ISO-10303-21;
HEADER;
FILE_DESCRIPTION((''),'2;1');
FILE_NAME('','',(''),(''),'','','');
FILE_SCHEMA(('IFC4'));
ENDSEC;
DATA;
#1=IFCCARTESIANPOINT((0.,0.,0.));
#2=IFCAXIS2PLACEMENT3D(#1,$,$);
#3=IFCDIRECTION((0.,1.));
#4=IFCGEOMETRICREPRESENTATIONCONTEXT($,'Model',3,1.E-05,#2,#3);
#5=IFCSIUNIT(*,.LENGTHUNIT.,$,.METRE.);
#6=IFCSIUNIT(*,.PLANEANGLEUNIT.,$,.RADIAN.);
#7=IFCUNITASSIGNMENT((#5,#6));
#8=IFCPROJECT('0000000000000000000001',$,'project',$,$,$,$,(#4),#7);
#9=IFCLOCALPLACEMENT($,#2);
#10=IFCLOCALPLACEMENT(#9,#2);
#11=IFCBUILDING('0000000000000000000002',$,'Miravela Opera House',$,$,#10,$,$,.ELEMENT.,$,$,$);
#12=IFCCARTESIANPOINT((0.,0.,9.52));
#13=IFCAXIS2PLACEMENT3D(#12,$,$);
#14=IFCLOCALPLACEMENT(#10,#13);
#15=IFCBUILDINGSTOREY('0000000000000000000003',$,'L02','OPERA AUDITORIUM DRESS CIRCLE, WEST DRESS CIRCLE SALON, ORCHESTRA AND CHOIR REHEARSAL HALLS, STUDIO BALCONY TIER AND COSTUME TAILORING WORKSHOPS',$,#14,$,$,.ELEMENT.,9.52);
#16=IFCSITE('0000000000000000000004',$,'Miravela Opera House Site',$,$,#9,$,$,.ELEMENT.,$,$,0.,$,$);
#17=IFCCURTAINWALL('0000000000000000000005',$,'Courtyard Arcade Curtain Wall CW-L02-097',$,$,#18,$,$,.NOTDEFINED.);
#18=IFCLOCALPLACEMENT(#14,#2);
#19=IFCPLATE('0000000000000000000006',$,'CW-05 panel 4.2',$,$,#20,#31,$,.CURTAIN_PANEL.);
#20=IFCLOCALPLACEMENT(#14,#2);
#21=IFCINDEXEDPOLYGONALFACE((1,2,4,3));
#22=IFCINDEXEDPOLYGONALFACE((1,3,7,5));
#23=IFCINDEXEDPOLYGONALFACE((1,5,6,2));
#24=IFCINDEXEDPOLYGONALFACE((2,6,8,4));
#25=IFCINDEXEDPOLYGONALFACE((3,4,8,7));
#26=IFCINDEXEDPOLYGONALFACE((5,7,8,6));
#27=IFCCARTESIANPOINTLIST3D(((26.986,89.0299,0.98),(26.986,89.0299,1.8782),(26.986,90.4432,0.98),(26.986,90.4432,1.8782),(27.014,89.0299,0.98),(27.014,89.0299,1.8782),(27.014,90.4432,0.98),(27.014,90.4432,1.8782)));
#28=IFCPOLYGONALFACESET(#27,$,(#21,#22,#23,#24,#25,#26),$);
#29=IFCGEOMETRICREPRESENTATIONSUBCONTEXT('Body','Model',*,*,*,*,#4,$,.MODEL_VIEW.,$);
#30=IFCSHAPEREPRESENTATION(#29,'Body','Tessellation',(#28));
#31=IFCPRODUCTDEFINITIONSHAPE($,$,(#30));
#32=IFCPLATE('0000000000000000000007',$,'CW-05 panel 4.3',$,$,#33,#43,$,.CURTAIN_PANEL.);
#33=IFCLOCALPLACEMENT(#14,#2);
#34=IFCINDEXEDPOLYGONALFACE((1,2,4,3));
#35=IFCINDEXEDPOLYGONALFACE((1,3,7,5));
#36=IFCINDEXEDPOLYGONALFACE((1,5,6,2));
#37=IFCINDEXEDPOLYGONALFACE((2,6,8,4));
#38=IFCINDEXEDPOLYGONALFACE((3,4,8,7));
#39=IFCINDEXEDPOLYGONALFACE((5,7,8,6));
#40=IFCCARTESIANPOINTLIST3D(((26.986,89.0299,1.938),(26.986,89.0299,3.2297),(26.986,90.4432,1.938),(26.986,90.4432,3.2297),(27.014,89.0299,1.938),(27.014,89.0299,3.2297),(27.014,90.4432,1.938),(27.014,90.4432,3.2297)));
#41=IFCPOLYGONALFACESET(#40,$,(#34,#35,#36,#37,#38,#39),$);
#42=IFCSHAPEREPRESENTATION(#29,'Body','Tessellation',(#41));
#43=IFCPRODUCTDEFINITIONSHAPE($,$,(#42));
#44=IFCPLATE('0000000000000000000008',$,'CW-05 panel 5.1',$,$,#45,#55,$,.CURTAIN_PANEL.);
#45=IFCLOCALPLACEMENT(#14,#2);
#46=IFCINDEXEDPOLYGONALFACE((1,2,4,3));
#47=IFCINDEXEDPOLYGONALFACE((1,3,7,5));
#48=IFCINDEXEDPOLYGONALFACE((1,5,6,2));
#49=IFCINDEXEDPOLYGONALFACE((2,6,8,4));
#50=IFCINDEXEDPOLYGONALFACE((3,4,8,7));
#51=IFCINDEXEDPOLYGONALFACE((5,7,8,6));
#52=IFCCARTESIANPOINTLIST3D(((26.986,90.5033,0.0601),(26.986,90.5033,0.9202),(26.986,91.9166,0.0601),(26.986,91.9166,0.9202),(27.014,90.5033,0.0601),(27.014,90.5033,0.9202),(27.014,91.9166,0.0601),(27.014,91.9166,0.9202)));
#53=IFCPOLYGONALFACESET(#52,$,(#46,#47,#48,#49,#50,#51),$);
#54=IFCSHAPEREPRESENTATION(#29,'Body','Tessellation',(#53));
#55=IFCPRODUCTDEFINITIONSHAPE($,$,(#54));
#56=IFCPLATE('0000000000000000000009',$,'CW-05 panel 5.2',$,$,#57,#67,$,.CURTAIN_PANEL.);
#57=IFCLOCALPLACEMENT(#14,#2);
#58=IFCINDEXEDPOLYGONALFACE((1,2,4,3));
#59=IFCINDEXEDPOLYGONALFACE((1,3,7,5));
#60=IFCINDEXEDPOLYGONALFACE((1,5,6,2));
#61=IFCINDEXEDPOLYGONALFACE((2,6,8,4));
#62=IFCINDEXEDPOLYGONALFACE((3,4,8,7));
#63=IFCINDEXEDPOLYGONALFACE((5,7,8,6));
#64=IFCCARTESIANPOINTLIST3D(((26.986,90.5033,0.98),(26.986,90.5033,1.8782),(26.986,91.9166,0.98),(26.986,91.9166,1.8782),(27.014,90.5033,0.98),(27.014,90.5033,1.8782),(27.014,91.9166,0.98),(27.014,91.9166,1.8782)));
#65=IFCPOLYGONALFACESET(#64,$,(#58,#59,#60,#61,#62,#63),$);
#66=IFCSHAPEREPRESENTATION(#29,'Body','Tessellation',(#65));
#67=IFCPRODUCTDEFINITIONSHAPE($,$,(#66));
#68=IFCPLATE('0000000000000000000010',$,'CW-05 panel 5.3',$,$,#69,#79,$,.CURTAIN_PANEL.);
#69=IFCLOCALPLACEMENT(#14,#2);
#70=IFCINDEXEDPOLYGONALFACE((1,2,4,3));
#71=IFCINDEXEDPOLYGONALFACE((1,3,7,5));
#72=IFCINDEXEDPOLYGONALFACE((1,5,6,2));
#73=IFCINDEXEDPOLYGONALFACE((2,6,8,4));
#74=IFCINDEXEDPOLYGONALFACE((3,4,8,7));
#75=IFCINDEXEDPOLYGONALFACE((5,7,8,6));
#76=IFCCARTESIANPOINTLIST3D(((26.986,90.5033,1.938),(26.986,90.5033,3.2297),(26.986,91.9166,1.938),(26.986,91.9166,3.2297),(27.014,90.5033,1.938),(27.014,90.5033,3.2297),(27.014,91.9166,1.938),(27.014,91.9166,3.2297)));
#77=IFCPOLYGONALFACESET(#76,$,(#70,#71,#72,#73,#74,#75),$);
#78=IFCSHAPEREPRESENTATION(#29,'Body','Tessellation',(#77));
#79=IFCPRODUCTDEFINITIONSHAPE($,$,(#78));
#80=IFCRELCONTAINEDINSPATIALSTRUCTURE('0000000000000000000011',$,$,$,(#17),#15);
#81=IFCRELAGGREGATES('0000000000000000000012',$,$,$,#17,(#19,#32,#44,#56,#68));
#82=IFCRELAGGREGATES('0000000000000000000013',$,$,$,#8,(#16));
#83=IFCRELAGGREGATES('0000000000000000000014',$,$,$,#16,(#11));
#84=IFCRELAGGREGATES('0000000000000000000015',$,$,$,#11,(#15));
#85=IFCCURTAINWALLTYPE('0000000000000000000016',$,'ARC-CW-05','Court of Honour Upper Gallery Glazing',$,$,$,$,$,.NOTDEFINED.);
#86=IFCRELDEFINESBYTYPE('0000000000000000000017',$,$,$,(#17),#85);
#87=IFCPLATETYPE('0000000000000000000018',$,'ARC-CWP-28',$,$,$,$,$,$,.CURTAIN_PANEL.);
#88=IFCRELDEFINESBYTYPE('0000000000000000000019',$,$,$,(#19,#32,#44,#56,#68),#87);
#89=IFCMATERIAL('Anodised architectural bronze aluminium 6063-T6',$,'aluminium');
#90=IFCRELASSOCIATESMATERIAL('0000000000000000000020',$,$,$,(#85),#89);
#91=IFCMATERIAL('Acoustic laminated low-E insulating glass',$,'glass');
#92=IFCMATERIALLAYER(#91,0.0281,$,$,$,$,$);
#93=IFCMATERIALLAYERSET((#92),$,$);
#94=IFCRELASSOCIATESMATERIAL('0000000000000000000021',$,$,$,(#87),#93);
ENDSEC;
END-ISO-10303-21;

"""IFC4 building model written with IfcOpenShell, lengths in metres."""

from ifc_helpers import new_model, si_unit, direction, frame, origin, origin_2d, place, context, subcontext, project, spatial, rectangle, extrude, material, layer, layer_set, type_object, element, aggregate, save


model = new_model("IFC4")

# Units and contexts
model_context = context("Model", 3, precision=1e-05, world=origin(), true_north=direction((0.0, 1.0)))
body_context = subcontext(model_context, "Body", "Model", "MODEL_VIEW")
ifc_project = project(units=[si_unit("LENGTHUNIT", "METRE"), si_unit("PLANEANGLEUNIT", "RADIAN")], contexts=[model_context])

# Site, building, storey
site_placement = place(None, origin())
site = spatial("IfcSite", under=ifc_project, at=site_placement, Name="Miravela Opera House Site", CompositionType="ELEMENT", RefElevation=0.0)
building_placement = place(site_placement, origin())
building = spatial("IfcBuilding", under=site, at=building_placement, Name="Miravela Opera House", CompositionType="ELEMENT")
storey_placement = place(building_placement, frame((0.0, 0.0, 9.52)))
storey = spatial("IfcBuildingStorey", under=building, at=storey_placement, Name="L02", Description="OPERA AUDITORIUM DRESS CIRCLE, WEST DRESS CIRCLE SALON, ORCHESTRA AND CHOIR REHEARSAL HALLS, STUDIO BALCONY TIER AND COSTUME TAILORING WORKSHOPS", CompositionType="ELEMENT", Elevation=9.52)

# Curtain wall, plates
ifc_material_1 = material(Name="Anodised architectural bronze aluminium 6063-T6", Category="aluminium")
curtain_wall_type = type_object("IfcCurtainWallType", Name="ARC-CW-05", Description="Court of Honour Upper Gallery Glazing", PredefinedType="NOTDEFINED", material=ifc_material_1)
curtain_wall_placement = place(storey_placement, origin())
curtain_wall = element("IfcCurtainWall", 1, at=curtain_wall_placement, inside=storey, type_object=curtain_wall_type, Name="Courtyard Arcade Curtain Wall CW-L02-097", PredefinedType="NOTDEFINED")
ifc_material_2 = material(Name="Acoustic laminated low-E insulating glass", Category="glass")
ifc_layer = layer(ifc_material_2, 0.0281)
ifc_layer_set = layer_set([ifc_layer])
plate_type = type_object("IfcPlateType", Name="ARC-CWP-28", PredefinedType="CURTAIN_PANEL", material=ifc_layer_set)
plate_1_placement = place(storey_placement, frame((27.0, 89.7366, 0.98), z_axis=(0.0, 0.0, 1.0), x_axis=(0.0, 1.0, 0.0)))
plate_1 = element("IfcPlate", 2, at=plate_1_placement, type_object=plate_type, Name="CW-05 panel 4.2", PredefinedType="CURTAIN_PANEL", context=body_context, shape_type="SweptSolid", body=[
    extrude(rectangle(XDim=1.4133, YDim=0.0281, at=origin_2d()), origin(), (0.0, 0.0, 1.0), 0.8982),
])
plate_2_placement = place(storey_placement, frame((27.0, 89.7366, 1.938), z_axis=(0.0, 0.0, 1.0), x_axis=(0.0, 1.0, 0.0)))
plate_2 = element("IfcPlate", 3, at=plate_2_placement, type_object=plate_type, Name="CW-05 panel 4.3", PredefinedType="CURTAIN_PANEL", context=body_context, shape_type="SweptSolid", body=[
    extrude(rectangle(XDim=1.4133, YDim=0.0281, at=origin_2d()), origin(), (0.0, 0.0, 1.0), 1.2917),
])
plate_3_placement = place(storey_placement, frame((27.0, 91.21, 0.0601), z_axis=(0.0, 0.0, 1.0), x_axis=(0.0, 1.0, 0.0)))
plate_3 = element("IfcPlate", 4, at=plate_3_placement, type_object=plate_type, Name="CW-05 panel 5.1", PredefinedType="CURTAIN_PANEL", context=body_context, shape_type="SweptSolid", body=[
    extrude(rectangle(XDim=1.4133, YDim=0.0281, at=origin_2d()), origin(), (0.0, 0.0, 1.0), 0.8601),
])
plate_4_placement = place(storey_placement, frame((27.0, 91.21, 0.98), z_axis=(0.0, 0.0, 1.0), x_axis=(0.0, 1.0, 0.0)))
plate_4 = element("IfcPlate", 5, at=plate_4_placement, type_object=plate_type, Name="CW-05 panel 5.2", PredefinedType="CURTAIN_PANEL", context=body_context, shape_type="SweptSolid", body=[
    extrude(rectangle(XDim=1.4133, YDim=0.0281, at=origin_2d()), origin(), (0.0, 0.0, 1.0), 0.8982),
])
plate_5_placement = place(storey_placement, frame((27.0, 91.21, 1.938), z_axis=(0.0, 0.0, 1.0), x_axis=(0.0, 1.0, 0.0)))
plate_5 = element("IfcPlate", 6, at=plate_5_placement, type_object=plate_type, Name="CW-05 panel 5.3", PredefinedType="CURTAIN_PANEL", context=body_context, shape_type="SweptSolid", body=[
    extrude(rectangle(XDim=1.4133, YDim=0.0281, at=origin_2d()), origin(), (0.0, 0.0, 1.0), 1.2917),
])
aggregate(curtain_wall, [plate_1, plate_2, plate_3, plate_4, plate_5])

save(model, "model.ifc")
